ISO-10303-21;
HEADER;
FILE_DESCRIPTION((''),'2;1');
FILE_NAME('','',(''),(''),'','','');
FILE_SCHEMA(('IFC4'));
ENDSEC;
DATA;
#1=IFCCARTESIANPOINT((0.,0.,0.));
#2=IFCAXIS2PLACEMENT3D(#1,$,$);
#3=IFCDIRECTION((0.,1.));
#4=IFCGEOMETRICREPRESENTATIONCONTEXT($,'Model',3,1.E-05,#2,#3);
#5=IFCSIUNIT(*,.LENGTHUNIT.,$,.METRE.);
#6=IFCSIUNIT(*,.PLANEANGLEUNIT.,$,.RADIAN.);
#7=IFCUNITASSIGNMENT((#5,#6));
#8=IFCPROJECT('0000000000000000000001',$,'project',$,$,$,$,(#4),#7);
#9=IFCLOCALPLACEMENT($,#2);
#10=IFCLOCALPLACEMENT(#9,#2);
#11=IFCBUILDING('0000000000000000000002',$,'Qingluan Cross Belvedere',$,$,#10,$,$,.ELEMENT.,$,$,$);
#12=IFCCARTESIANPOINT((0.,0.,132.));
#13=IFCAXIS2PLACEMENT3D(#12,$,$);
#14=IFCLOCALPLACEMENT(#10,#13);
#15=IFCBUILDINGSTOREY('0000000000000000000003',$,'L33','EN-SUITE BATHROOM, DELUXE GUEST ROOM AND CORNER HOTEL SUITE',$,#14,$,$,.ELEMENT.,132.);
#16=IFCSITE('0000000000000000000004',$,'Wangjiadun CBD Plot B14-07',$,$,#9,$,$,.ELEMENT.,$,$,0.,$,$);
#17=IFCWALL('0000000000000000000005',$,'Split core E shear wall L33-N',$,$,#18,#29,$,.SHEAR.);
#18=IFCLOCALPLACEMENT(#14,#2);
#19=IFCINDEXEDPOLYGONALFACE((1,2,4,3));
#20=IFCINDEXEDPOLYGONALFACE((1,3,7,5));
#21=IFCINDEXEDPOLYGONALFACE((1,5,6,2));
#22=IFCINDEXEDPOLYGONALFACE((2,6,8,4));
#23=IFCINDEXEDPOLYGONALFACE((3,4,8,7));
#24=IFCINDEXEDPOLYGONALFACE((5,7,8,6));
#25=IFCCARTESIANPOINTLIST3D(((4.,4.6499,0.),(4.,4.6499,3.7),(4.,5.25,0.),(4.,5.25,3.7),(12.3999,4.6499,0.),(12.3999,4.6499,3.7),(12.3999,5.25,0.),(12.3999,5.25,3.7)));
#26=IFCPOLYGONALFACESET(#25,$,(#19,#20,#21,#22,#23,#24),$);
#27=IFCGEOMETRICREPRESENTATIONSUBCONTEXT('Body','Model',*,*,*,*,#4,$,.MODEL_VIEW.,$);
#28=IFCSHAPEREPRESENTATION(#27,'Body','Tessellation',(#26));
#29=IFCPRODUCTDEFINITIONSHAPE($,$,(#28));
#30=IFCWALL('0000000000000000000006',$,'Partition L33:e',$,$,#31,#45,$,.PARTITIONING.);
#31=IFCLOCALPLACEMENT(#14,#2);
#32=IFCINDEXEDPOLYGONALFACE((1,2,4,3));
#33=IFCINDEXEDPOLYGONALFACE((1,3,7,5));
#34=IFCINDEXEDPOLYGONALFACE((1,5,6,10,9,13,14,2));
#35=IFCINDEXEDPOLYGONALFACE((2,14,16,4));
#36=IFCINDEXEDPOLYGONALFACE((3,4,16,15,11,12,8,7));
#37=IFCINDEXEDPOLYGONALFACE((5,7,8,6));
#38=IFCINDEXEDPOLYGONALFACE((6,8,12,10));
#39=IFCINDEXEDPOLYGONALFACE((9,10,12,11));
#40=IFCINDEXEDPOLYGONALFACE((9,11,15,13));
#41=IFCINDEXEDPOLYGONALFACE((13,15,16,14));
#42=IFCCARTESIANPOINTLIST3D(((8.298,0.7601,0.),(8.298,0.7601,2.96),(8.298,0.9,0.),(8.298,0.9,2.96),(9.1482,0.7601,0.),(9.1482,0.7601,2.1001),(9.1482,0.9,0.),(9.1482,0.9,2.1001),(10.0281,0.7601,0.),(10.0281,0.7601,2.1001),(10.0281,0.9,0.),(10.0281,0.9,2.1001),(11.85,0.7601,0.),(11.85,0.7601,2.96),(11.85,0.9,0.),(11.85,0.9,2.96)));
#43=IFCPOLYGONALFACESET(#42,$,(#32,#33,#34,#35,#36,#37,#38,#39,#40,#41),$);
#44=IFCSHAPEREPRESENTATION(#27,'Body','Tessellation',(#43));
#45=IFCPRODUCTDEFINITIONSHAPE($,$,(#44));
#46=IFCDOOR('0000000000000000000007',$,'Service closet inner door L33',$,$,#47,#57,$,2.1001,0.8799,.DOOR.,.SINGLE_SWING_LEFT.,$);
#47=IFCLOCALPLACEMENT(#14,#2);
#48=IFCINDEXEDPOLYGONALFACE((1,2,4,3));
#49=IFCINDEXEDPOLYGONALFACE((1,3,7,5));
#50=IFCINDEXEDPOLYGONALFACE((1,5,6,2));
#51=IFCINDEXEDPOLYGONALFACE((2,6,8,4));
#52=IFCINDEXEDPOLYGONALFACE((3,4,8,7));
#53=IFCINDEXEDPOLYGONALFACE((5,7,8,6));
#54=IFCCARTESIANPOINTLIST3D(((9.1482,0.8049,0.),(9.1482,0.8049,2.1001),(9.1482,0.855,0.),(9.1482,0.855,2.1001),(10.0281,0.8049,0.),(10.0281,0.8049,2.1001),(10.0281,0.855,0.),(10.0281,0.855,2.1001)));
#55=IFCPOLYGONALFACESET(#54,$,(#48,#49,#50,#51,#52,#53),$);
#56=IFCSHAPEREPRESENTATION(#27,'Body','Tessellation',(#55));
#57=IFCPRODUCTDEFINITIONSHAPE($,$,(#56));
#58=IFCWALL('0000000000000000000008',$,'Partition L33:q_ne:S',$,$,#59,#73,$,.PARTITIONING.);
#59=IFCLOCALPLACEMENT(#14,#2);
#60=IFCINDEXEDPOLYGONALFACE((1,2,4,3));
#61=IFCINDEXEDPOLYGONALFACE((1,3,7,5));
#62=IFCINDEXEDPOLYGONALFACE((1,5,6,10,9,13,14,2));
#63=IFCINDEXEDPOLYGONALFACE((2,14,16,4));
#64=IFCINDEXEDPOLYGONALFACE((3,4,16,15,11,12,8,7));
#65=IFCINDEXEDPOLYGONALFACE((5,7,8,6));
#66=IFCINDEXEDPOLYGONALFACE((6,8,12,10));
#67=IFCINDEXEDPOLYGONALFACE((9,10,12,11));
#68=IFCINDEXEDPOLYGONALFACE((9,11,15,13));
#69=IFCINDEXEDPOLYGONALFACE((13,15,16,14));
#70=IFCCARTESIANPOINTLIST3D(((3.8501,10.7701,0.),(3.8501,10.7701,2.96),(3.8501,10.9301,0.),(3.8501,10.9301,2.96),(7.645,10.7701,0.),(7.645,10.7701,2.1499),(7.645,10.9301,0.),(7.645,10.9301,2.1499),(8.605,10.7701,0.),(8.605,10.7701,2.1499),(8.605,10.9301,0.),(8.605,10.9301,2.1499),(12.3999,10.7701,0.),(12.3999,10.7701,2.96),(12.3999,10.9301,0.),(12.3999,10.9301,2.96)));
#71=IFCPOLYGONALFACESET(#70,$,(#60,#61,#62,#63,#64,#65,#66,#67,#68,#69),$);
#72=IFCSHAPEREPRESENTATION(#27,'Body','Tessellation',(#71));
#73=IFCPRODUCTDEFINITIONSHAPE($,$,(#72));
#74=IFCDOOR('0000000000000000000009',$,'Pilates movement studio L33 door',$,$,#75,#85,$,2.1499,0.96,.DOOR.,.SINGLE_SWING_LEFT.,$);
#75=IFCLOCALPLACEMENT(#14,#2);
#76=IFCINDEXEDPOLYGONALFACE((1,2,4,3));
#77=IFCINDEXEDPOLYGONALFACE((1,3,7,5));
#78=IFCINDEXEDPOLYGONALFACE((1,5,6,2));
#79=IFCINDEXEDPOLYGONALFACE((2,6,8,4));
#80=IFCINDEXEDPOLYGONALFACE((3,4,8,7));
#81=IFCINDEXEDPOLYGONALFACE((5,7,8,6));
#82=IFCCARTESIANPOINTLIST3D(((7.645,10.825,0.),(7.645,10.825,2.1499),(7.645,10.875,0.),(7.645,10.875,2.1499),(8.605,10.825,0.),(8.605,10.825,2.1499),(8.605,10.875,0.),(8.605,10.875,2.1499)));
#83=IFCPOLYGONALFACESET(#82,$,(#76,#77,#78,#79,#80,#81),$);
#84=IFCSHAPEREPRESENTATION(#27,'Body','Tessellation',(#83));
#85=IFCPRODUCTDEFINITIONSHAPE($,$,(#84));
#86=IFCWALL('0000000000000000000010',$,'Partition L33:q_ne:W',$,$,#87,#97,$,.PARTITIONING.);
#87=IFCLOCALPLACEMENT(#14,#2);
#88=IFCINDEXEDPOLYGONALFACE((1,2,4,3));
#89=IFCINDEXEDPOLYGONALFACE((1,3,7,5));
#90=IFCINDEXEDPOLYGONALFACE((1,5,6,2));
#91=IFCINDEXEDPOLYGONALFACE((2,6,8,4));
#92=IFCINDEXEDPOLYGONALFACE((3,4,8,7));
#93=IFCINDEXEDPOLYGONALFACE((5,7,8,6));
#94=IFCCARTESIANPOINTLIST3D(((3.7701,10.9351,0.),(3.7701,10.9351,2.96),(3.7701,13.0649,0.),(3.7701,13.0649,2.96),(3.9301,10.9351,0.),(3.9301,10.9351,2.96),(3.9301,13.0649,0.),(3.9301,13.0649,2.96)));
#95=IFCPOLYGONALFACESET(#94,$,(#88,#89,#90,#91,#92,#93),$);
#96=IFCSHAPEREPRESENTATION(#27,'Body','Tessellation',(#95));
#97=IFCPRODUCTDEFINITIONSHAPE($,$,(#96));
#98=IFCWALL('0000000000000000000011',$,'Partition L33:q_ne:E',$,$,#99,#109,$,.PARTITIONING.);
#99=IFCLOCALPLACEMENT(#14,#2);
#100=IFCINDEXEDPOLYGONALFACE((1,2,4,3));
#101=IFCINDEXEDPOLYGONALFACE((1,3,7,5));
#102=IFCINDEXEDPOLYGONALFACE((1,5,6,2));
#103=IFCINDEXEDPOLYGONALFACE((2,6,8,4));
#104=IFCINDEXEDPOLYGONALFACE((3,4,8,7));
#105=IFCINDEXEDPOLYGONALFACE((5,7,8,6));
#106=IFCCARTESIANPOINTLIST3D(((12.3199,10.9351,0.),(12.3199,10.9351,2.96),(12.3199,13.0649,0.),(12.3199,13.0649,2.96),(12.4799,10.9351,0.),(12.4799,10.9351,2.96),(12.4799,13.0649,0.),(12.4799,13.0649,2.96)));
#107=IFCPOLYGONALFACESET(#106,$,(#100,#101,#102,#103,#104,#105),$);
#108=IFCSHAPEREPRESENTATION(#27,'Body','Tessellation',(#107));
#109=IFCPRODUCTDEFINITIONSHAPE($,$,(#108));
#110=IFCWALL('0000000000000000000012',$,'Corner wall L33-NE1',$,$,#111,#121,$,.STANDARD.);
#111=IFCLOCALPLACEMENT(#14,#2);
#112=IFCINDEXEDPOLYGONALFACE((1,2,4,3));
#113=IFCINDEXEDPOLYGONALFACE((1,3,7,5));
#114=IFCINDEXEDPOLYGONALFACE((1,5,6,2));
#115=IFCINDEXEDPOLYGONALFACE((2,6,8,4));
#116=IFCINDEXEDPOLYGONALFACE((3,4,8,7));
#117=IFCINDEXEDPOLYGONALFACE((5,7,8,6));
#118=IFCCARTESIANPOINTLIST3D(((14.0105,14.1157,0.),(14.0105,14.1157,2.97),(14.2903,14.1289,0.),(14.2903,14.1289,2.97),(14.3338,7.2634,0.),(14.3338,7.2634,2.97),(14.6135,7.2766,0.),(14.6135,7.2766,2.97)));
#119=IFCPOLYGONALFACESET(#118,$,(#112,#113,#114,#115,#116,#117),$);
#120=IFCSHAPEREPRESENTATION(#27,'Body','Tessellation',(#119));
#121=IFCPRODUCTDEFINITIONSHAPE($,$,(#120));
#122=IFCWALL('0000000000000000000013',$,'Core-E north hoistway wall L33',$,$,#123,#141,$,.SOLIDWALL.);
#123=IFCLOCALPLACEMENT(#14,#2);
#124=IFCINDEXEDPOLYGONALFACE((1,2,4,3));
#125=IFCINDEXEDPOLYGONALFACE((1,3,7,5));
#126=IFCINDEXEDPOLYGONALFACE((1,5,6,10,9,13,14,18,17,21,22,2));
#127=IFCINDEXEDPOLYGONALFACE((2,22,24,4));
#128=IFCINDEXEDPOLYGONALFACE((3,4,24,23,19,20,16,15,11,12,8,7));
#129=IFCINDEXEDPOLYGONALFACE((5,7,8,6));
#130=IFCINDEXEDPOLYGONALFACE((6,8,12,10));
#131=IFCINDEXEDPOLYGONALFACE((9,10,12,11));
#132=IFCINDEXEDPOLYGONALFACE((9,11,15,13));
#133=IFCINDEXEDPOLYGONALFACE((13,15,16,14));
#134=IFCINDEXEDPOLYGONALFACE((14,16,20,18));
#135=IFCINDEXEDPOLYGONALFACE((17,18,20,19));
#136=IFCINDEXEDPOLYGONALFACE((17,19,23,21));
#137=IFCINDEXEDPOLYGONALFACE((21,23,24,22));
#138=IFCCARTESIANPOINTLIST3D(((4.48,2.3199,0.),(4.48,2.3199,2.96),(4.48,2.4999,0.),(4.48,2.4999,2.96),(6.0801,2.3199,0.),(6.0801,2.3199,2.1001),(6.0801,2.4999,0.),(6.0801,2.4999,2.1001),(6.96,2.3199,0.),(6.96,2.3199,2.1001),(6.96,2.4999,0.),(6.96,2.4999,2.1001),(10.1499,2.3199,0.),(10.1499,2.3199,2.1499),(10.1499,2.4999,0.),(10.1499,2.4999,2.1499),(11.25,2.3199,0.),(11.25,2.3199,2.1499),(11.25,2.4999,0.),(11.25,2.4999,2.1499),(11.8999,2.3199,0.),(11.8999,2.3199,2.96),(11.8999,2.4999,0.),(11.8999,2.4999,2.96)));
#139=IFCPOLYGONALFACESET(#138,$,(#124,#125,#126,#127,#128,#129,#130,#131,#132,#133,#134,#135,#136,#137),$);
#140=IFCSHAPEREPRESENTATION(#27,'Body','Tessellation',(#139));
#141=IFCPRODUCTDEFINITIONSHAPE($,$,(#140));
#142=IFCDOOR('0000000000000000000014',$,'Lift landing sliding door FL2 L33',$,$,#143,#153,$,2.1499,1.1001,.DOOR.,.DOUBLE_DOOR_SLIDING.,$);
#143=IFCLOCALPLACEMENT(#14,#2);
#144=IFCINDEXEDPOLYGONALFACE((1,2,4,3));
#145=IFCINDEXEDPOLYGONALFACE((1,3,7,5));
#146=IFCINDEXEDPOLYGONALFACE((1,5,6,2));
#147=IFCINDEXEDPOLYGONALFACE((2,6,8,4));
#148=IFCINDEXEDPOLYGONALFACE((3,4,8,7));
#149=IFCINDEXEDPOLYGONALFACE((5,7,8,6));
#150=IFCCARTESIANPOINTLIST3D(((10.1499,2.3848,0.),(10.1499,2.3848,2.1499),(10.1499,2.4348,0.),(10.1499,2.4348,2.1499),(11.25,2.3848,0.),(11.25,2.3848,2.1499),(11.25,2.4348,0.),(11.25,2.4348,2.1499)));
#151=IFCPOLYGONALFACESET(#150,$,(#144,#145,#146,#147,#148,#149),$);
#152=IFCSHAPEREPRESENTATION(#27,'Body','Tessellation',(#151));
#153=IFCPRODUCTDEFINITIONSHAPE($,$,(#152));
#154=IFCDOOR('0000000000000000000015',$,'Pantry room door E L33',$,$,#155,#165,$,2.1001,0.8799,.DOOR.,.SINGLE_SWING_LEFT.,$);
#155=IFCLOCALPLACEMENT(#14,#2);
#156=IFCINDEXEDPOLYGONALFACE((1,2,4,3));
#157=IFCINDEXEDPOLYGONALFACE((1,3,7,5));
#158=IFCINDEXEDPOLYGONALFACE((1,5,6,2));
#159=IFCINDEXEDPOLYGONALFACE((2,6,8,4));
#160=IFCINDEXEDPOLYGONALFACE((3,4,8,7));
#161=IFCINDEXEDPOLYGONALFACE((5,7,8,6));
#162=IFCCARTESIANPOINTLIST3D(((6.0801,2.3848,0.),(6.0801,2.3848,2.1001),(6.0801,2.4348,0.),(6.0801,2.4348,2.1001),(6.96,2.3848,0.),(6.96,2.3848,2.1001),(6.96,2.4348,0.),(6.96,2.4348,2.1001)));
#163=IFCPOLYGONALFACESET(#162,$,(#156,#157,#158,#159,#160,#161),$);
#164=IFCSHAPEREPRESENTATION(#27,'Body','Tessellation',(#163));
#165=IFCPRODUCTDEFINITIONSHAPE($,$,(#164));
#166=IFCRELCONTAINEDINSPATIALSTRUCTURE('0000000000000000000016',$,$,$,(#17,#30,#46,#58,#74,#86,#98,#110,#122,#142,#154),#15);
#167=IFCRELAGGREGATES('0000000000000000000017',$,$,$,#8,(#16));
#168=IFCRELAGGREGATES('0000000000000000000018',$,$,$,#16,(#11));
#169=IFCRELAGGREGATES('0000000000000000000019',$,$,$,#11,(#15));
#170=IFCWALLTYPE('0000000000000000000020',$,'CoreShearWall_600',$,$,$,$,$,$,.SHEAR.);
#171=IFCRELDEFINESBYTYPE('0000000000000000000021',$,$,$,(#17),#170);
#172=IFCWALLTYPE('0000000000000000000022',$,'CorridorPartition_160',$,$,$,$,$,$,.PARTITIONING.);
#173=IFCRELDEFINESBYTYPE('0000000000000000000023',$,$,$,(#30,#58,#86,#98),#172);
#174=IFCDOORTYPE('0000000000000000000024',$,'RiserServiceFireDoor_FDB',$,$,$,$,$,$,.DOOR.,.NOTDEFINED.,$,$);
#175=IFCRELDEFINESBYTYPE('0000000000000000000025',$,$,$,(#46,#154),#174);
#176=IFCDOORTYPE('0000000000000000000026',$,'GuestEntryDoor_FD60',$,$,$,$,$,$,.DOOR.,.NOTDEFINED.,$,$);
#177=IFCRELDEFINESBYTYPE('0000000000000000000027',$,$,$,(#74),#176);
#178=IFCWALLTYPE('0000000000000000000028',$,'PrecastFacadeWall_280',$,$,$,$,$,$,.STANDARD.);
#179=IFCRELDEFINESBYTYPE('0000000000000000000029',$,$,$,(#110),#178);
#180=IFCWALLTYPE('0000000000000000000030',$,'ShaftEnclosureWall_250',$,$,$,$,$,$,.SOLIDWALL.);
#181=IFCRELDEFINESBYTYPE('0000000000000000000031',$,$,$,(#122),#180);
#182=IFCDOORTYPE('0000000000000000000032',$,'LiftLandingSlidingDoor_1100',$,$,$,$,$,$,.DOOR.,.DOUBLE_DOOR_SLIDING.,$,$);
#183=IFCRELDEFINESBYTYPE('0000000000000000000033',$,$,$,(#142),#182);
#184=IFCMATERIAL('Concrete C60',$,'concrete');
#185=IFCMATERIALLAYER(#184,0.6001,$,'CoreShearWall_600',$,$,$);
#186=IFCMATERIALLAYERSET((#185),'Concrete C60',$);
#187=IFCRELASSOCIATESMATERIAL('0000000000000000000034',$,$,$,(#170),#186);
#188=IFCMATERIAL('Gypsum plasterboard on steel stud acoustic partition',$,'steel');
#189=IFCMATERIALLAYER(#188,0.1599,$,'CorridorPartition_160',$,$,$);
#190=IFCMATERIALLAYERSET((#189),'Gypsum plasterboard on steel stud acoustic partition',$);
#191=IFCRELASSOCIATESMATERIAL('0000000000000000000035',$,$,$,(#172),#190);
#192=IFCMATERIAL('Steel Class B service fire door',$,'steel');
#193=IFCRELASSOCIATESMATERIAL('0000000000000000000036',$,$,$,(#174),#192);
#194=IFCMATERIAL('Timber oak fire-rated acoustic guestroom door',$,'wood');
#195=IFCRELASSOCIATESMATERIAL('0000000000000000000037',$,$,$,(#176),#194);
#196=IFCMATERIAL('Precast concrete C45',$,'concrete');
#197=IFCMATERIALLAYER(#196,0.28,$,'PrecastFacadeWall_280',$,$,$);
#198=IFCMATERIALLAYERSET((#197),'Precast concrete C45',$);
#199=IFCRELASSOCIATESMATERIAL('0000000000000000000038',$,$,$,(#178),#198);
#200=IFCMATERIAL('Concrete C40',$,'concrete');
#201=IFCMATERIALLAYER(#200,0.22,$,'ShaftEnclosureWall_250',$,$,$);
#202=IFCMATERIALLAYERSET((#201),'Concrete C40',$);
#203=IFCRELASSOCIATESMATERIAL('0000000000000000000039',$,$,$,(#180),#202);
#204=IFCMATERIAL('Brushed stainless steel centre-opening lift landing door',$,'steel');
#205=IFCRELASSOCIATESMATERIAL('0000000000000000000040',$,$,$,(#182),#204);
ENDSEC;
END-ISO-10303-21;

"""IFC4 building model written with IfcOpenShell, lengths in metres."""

from ifc_helpers import new_model, si_unit, direction, frame, frame_2d, origin, place, context, subcontext, project, spatial, rectangle, extrude, material, layer, layer_set, type_object, element, fill, save


model = new_model("IFC4")

# Units and contexts
model_context = context("Model", 3, precision=1e-05, world=origin(), true_north=direction((0.0, 1.0)))
body_context = subcontext(model_context, "Body", "Model", "MODEL_VIEW")
ifc_project = project(units=[si_unit("LENGTHUNIT", "METRE"), si_unit("PLANEANGLEUNIT", "RADIAN")], contexts=[model_context])

# Site, building, storey
site_placement = place(None, origin())
site = spatial("IfcSite", under=ifc_project, at=site_placement, Name="Wangjiadun CBD Plot B14-07", CompositionType="ELEMENT", RefElevation=0.0)
building_placement = place(site_placement, origin())
building = spatial("IfcBuilding", under=site, at=building_placement, Name="Qingluan Cross Belvedere", CompositionType="ELEMENT")
storey_placement = place(building_placement, frame((0.0, 0.0, 132.0)))
storey = spatial("IfcBuildingStorey", under=building, at=storey_placement, Name="L33", Description="EN-SUITE BATHROOM, DELUXE GUEST ROOM AND CORNER HOTEL SUITE", CompositionType="ELEMENT", Elevation=132.0)

# Wall
ifc_material_1 = material(Name="Concrete C60", Category="concrete")
ifc_layer_1 = layer(ifc_material_1, 0.6001, Name="CoreShearWall_600")
ifc_layer_set_1 = layer_set([ifc_layer_1], Name="Concrete C60")
wall_type_1 = type_object("IfcWallType", Name="CoreShearWall_600", PredefinedType="SHEAR", material=ifc_layer_set_1)
wall_1_placement = place(storey_placement, frame((4.0, 4.95, 0.0), z_axis=(0.0, 0.0, 1.0), x_axis=(1.0, 0.0, 0.0)))
element("IfcWall", 1, at=wall_1_placement, inside=storey, type_object=wall_type_1, Name="Split core E shear wall L33-N", PredefinedType="SHEAR", context=body_context, shape_type="SweptSolid", body=[
    extrude(rectangle(XDim=8.3999, YDim=0.6001, at=frame_2d((4.2, 0.0))), origin(), (0.0, 0.0, 1.0), 3.7),
])

# Walls, openings, doors
ifc_material_2 = material(Name="Gypsum plasterboard on steel stud acoustic partition", Category="steel")
ifc_layer_2 = layer(ifc_material_2, 0.1599, Name="CorridorPartition_160")
ifc_layer_set_2 = layer_set([ifc_layer_2], Name="Gypsum plasterboard on steel stud acoustic partition")
wall_type_2 = type_object("IfcWallType", Name="CorridorPartition_160", PredefinedType="PARTITIONING", material=ifc_layer_set_2)
wall_2_placement = place(storey_placement, frame((8.2981, 0.8301, 0.0), z_axis=(0.0, 0.0, 1.0), x_axis=(1.0, 0.0, 0.0)))
wall_2 = element("IfcWall", 2, at=wall_2_placement, inside=storey, type_object=wall_type_2, Name="Partition L33:e", PredefinedType="PARTITIONING", context=body_context, shape_type="SweptSolid", body=[
    extrude(rectangle(XDim=3.552, YDim=0.1399, at=frame_2d((1.7759, 0.0))), origin(), (0.0, 0.0, 1.0), 2.96),
])
opening_1_placement = place(wall_2_placement, frame((0.8501, 0.0, 0.0)))
opening_1 = element("IfcOpeningElement", 3, at=opening_1_placement, cuts=wall_2, PredefinedType="OPENING", context=body_context, shape_type="SweptSolid", body=[
    extrude(rectangle(XDim=0.8799, YDim=2.1001, at=frame_2d((0.4399, 1.05))), frame((0.0, 0.0798, 0.0), z_axis=(0.0, -1.0, 0.0), x_axis=(1.0, 0.0, 0.0)), (0.0, 0.0, 1.0), 0.1599),
])
ifc_material_3 = material(Name="Steel Class B service fire door", Category="steel")
door_type_1 = type_object("IfcDoorType", Name="RiserServiceFireDoor_FDB", OperationType="NOTDEFINED", PredefinedType="DOOR", material=ifc_material_3)
door_1_placement = place(opening_1_placement, origin())
door_1 = element("IfcDoor", 4, at=door_1_placement, inside=storey, type_object=door_type_1, Name="Service closet inner door L33", OperationType="SINGLE_SWING_LEFT", OverallHeight=2.1001, OverallWidth=0.8799, PredefinedType="DOOR", context=body_context, shape_type="SweptSolid", body=[
    extrude(rectangle(XDim=0.8799, YDim=2.1001, at=frame_2d((0.4399, 1.05))), frame((0.0, 0.0249, 0.0), z_axis=(0.0, -1.0, 0.0), x_axis=(1.0, 0.0, 0.0)), (0.0, 0.0, 1.0), 0.05),
])
fill(opening_1, door_1)
wall_3_placement = place(storey_placement, frame((3.8501, 10.8501, 0.0), z_axis=(0.0, 0.0, 1.0), x_axis=(1.0, 0.0, 0.0)))
wall_3 = element("IfcWall", 5, at=wall_3_placement, inside=storey, type_object=wall_type_2, Name="Partition L33:q_ne:S", PredefinedType="PARTITIONING", context=body_context, shape_type="SweptSolid", body=[
    extrude(rectangle(XDim=8.5498, YDim=0.1599, at=frame_2d((4.2749, 0.0))), origin(), (0.0, 0.0, 1.0), 2.96),
])
opening_2_placement = place(wall_3_placement, frame((3.7949, 0.0, 0.0)))
opening_2 = element("IfcOpeningElement", 6, at=opening_2_placement, cuts=wall_3, PredefinedType="OPENING", context=body_context, shape_type="SweptSolid", body=[
    extrude(rectangle(XDim=0.96, YDim=2.1499, at=frame_2d((0.48, 1.075))), frame((0.0, 0.0898, 0.0), z_axis=(0.0, -1.0, 0.0), x_axis=(1.0, 0.0, 0.0)), (0.0, 0.0, 1.0), 0.1799),
])
ifc_material_4 = material(Name="Timber oak fire-rated acoustic guestroom door", Category="wood")
door_type_2 = type_object("IfcDoorType", Name="GuestEntryDoor_FD60", OperationType="NOTDEFINED", PredefinedType="DOOR", material=ifc_material_4)
door_2_placement = place(opening_2_placement, origin())
door_2 = element("IfcDoor", 7, at=door_2_placement, inside=storey, type_object=door_type_2, Name="Pilates movement studio L33 door", OperationType="SINGLE_SWING_LEFT", OverallHeight=2.1499, OverallWidth=0.96, PredefinedType="DOOR", context=body_context, shape_type="SweptSolid", body=[
    extrude(rectangle(XDim=0.96, YDim=2.1499, at=frame_2d((0.48, 1.075))), frame((0.0, 0.0249, 0.0), z_axis=(0.0, -1.0, 0.0), x_axis=(1.0, 0.0, 0.0)), (0.0, 0.0, 1.0), 0.05),
])
fill(opening_2, door_2)

# Walls
for number, where, z_axis, x_axis, name in (
    (8, (3.8501, 10.9351, 0.0), (0.0, 0.0, 1.0), (0.0, 1.0, 0.0), "Partition L33:q_ne:W"),
    (9, (12.3999, 10.9351, 0.0), (0.0, 0.0, 1.0), (0.0, 1.0, 0.0), "Partition L33:q_ne:E"),
):
    element("IfcWall", number, at=place(storey_placement, frame(where, z_axis=z_axis, x_axis=x_axis)), inside=storey, type_object=wall_type_2, Name=name, PredefinedType="PARTITIONING", context=body_context, shape_type="SweptSolid", body=[
        extrude(rectangle(XDim=2.1299, YDim=0.1599, at=frame_2d((1.0649, 0.0))), origin(), (0.0, 0.0, 1.0), 2.96),
    ])
ifc_material_5 = material(Name="Precast concrete C45", Category="concrete")
ifc_layer_3 = layer(ifc_material_5, 0.28, Name="PrecastFacadeWall_280")
ifc_layer_set_3 = layer_set([ifc_layer_3], Name="Precast concrete C45")
wall_type_3 = type_object("IfcWallType", Name="PrecastFacadeWall_280", PredefinedType="STANDARD", material=ifc_layer_set_3)
wall_4_placement = place(storey_placement, frame((14.4736, 7.27, 0.0), z_axis=(0.0, 0.0, 1.0), x_axis=(-0.04712, 0.998889, 0.0)))
element("IfcWall", 10, at=wall_4_placement, inside=storey, type_object=wall_type_3, Name="Corner wall L33-NE1", PredefinedType="STANDARD", context=body_context, shape_type="SweptSolid", body=[
    extrude(rectangle(XDim=6.8599, YDim=0.28, at=frame_2d((3.4299, 0.0))), origin(), (0.0, 0.0, 1.0), 2.97),
])

# Wall, openings, doors
ifc_material_6 = material(Name="Concrete C40", Category="concrete")
ifc_layer_4 = layer(ifc_material_6, 0.22, Name="ShaftEnclosureWall_250")
ifc_layer_set_4 = layer_set([ifc_layer_4], Name="Concrete C40")
wall_type_4 = type_object("IfcWallType", Name="ShaftEnclosureWall_250", PredefinedType="SOLIDWALL", material=ifc_layer_set_4)
wall_5_placement = place(storey_placement, frame((4.48, 2.4099, 0.0), z_axis=(0.0, 0.0, 1.0), x_axis=(1.0, 0.0, 0.0)))
wall_5 = element("IfcWall", 11, at=wall_5_placement, inside=storey, type_object=wall_type_4, Name="Core-E north hoistway wall L33", PredefinedType="SOLIDWALL", context=body_context, shape_type="SweptSolid", body=[
    extrude(rectangle(XDim=7.4199, YDim=0.1799, at=frame_2d((3.71, 0.0))), origin(), (0.0, 0.0, 1.0), 2.96),
])
opening_3_placement = place(wall_5_placement, frame((5.6699, 0.0, 0.0)))
opening_3 = element("IfcOpeningElement", 12, at=opening_3_placement, cuts=wall_5, PredefinedType="OPENING", context=body_context, shape_type="SweptSolid", body=[
    extrude(rectangle(XDim=1.1001, YDim=2.1499, at=frame_2d((0.55, 1.075))), frame((0.0, 0.0999, 0.0), z_axis=(0.0, -1.0, 0.0), x_axis=(1.0, 0.0, 0.0)), (0.0, 0.0, 1.0), 0.2),
])
opening_4_placement = place(wall_5_placement, frame((1.6001, 0.0, 0.0)))
opening_4 = element("IfcOpeningElement", 13, at=opening_4_placement, cuts=wall_5, PredefinedType="OPENING", context=body_context, shape_type="SweptSolid", body=[
    extrude(rectangle(XDim=0.8799, YDim=2.1001, at=frame_2d((0.4399, 1.05))), frame((0.0, 0.0999, 0.0), z_axis=(0.0, -1.0, 0.0), x_axis=(1.0, 0.0, 0.0)), (0.0, 0.0, 1.0), 0.2),
])
ifc_material_7 = material(Name="Brushed stainless steel centre-opening lift landing door", Category="steel")
door_type_3 = type_object("IfcDoorType", Name="LiftLandingSlidingDoor_1100", OperationType="DOUBLE_DOOR_SLIDING", PredefinedType="DOOR", material=ifc_material_7)
door_3_placement = place(opening_3_placement, origin())
door_3 = element("IfcDoor", 14, at=door_3_placement, inside=storey, type_object=door_type_3, Name="Lift landing sliding door FL2 L33", OperationType="DOUBLE_DOOR_SLIDING", OverallHeight=2.1499, OverallWidth=1.1001, PredefinedType="DOOR", context=body_context, shape_type="SweptSolid", body=[
    extrude(rectangle(XDim=1.1001, YDim=2.1499, at=frame_2d((0.55, 1.075))), frame((0.0, 0.0249, 0.0), z_axis=(0.0, -1.0, 0.0), x_axis=(1.0, 0.0, 0.0)), (0.0, 0.0, 1.0), 0.05),
])
fill(opening_3, door_3)
door_4_placement = place(opening_4_placement, origin())
door_4 = element("IfcDoor", 15, at=door_4_placement, inside=storey, type_object=door_type_1, Name="Pantry room door E L33", OperationType="SINGLE_SWING_LEFT", OverallHeight=2.1001, OverallWidth=0.8799, PredefinedType="DOOR", context=body_context, shape_type="SweptSolid", body=[
    extrude(rectangle(XDim=0.8799, YDim=2.1001, at=frame_2d((0.4399, 1.05))), frame((0.0, 0.0249, 0.0), z_axis=(0.0, -1.0, 0.0), x_axis=(1.0, 0.0, 0.0)), (0.0, 0.0, 1.0), 0.05),
])
fill(opening_4, door_4)

save(model, "model.ifc")
